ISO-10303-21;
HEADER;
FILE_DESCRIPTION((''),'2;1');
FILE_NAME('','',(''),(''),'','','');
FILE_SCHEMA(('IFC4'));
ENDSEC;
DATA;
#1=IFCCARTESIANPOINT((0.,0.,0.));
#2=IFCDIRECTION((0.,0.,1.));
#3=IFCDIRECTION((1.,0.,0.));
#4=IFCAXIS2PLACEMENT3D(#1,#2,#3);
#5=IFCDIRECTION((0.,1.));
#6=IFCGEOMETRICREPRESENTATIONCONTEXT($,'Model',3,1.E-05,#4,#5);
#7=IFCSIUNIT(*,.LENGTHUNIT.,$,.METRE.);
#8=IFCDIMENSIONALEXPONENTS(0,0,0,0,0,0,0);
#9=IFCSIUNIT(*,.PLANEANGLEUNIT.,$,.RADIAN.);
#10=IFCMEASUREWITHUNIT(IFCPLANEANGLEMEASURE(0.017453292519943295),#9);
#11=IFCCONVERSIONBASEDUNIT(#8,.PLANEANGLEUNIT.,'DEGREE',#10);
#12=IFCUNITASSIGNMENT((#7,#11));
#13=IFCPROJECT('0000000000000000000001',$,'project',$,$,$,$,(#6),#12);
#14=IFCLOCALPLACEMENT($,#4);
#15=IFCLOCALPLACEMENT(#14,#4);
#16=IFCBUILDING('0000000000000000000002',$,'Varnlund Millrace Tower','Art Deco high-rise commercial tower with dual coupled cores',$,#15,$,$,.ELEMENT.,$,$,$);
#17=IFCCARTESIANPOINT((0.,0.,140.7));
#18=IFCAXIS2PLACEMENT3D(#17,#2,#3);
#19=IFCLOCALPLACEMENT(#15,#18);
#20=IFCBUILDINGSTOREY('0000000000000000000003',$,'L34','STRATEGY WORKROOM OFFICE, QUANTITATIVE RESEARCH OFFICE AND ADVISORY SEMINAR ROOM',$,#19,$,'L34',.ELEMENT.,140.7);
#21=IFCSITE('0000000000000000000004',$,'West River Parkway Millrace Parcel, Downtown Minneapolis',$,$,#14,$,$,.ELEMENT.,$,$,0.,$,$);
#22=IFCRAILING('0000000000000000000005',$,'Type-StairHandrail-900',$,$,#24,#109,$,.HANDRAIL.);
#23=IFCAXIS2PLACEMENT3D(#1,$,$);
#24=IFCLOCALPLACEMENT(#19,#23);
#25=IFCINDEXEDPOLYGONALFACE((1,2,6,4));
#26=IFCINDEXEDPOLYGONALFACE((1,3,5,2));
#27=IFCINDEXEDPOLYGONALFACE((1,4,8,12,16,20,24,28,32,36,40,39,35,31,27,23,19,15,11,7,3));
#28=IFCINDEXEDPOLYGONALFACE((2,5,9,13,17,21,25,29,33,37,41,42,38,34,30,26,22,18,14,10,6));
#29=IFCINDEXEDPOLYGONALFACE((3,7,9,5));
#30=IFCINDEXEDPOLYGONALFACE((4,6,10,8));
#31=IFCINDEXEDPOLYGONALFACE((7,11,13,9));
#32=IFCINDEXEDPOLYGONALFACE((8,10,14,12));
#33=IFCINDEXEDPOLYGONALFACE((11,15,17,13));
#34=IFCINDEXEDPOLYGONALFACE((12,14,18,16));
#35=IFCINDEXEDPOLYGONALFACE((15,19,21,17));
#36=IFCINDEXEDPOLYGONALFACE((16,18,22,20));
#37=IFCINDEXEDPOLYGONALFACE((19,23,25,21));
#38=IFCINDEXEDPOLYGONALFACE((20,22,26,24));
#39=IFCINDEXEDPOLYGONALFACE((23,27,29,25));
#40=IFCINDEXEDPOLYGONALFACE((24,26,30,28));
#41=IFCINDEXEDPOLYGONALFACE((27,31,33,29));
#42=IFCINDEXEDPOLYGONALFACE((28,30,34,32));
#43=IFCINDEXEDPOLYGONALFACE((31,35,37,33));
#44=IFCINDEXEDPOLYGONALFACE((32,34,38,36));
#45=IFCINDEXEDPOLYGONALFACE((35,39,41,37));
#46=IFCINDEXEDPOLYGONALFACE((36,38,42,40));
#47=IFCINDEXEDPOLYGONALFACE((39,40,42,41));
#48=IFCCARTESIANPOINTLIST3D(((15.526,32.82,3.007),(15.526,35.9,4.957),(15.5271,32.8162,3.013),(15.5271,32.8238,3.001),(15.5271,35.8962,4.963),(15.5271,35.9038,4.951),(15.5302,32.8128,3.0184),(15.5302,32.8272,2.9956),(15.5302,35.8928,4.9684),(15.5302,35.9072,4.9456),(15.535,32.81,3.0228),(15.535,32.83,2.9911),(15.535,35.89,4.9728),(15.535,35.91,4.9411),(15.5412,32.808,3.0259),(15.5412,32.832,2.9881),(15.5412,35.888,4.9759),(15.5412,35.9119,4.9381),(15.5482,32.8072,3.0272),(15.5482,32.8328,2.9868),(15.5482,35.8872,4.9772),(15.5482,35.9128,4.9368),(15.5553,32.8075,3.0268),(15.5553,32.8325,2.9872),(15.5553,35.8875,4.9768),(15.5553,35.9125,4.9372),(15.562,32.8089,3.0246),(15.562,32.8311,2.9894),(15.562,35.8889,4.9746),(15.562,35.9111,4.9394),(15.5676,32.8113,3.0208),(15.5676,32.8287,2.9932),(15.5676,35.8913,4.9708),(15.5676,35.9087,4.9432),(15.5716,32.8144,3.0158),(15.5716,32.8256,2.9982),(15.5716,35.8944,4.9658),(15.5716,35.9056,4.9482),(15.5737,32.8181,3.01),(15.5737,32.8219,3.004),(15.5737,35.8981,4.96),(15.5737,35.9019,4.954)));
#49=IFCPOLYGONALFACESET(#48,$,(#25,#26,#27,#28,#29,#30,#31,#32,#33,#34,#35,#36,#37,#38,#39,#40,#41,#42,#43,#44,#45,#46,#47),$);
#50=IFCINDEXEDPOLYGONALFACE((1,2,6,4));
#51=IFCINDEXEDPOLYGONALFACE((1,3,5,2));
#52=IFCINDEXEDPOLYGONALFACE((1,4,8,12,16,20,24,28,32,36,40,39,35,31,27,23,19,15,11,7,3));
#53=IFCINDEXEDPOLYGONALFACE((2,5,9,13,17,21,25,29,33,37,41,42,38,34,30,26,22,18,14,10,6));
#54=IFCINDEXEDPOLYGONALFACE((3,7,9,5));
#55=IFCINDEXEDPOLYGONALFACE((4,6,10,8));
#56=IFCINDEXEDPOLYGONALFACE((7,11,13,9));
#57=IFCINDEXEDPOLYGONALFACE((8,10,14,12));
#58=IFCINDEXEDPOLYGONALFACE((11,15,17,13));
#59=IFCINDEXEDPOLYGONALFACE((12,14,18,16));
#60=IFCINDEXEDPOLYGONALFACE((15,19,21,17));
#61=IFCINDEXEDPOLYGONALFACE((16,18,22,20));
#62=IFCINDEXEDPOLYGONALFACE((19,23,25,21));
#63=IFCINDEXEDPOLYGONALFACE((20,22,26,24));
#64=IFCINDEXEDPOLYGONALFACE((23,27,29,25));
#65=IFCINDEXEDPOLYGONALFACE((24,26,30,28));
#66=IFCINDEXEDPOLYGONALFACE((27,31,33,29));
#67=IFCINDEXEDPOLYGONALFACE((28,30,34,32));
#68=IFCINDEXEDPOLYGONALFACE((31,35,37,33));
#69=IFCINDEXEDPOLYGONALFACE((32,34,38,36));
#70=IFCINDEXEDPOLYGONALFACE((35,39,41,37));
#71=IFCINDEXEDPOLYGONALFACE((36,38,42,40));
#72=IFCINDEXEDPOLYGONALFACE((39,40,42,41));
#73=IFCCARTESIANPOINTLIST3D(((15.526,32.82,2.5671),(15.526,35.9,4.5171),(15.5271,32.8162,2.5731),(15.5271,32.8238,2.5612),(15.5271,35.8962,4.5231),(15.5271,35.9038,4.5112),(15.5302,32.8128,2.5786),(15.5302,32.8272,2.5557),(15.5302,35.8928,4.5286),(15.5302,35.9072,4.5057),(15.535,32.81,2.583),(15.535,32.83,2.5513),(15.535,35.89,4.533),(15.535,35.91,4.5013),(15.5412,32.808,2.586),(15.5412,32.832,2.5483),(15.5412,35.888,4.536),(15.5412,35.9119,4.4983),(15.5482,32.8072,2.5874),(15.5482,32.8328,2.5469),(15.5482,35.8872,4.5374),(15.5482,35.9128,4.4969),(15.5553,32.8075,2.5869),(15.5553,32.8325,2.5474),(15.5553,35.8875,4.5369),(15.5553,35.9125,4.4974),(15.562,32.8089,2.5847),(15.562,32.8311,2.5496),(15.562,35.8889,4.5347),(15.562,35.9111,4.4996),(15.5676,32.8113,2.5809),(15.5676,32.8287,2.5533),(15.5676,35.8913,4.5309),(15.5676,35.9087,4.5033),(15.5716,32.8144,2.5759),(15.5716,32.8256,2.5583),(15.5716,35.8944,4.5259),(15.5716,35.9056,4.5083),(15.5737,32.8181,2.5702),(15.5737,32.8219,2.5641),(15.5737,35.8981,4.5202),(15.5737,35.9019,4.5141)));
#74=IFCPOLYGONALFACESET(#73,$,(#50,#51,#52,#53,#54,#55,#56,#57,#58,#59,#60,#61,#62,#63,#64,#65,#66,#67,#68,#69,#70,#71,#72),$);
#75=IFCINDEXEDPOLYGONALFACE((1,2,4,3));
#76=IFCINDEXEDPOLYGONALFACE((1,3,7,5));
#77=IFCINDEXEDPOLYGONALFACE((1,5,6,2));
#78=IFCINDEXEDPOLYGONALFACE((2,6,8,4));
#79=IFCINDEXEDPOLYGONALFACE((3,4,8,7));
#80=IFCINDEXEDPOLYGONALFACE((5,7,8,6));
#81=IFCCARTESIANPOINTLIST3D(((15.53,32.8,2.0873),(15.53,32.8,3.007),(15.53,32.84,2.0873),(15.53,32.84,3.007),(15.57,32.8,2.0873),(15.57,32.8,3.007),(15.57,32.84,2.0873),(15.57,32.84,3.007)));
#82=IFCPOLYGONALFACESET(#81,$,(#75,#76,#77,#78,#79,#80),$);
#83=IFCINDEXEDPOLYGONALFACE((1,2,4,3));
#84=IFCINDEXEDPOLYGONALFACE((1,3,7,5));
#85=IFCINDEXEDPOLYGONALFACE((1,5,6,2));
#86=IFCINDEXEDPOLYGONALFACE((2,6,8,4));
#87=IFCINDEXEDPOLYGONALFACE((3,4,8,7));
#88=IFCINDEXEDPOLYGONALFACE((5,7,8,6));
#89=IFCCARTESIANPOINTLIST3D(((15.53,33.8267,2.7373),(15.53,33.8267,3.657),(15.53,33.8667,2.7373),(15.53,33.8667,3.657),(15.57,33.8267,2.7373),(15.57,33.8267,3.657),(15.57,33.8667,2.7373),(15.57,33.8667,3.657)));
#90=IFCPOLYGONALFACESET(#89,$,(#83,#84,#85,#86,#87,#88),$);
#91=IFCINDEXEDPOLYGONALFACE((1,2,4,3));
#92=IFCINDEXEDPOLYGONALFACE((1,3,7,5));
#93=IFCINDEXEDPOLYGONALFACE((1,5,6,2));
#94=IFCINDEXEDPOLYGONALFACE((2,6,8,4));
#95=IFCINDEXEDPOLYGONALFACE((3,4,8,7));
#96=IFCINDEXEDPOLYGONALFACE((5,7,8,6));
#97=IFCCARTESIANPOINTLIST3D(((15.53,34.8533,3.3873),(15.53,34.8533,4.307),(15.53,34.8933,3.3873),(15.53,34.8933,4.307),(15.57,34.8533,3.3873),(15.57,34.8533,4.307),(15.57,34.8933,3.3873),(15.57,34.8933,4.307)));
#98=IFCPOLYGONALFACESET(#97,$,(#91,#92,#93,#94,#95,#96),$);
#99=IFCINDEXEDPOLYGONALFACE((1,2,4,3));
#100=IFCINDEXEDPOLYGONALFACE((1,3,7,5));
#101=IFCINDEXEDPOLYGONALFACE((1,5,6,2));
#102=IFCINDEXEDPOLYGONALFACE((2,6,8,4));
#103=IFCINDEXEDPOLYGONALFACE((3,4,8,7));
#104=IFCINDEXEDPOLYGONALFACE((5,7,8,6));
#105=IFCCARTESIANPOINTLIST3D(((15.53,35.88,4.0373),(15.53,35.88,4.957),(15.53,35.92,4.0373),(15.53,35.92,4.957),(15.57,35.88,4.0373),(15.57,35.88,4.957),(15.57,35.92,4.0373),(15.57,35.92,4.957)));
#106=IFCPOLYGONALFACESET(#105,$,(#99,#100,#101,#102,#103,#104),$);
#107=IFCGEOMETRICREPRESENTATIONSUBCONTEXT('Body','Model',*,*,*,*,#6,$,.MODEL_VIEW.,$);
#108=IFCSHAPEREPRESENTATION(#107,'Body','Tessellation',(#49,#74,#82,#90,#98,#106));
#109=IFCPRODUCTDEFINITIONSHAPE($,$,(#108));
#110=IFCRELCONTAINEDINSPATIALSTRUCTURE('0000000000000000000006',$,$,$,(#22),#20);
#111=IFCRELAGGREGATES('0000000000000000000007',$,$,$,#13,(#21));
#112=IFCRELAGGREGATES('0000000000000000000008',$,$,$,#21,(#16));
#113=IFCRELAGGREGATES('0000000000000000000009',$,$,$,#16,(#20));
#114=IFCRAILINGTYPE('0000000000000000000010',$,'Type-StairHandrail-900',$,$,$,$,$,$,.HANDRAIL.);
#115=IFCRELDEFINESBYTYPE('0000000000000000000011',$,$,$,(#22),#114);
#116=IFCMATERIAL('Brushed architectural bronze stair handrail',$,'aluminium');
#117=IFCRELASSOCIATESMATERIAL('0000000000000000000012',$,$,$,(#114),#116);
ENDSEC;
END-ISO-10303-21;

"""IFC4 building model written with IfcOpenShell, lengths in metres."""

from ifc_helpers import new_model, entity, si_unit, converted_unit, direction, frame, origin_with_axes, origin_2d_with_axis, place, context, subcontext, project, spatial, rectangle, circle, extrude, material, type_object, element, save


model = new_model("IFC4")

# Units and contexts
model_context = context("Model", 3, precision=1e-05, world=origin_with_axes(), true_north=direction((0.0, 1.0)))
body_context = subcontext(model_context, "Body", "Model", "MODEL_VIEW")
ifc_project = project(units=[si_unit("LENGTHUNIT", "METRE"), converted_unit("PLANEANGLEUNIT", "DEGREE", entity("IfcPlaneAngleMeasure", 0.017453292519943295), si_unit("PLANEANGLEUNIT", "RADIAN"), dimensions=[0, 0, 0, 0, 0, 0, 0])], contexts=[model_context])

# Site, building, storey
site_placement = place(None, origin_with_axes())
site = spatial("IfcSite", under=ifc_project, at=site_placement, Name="West River Parkway Millrace Parcel, Downtown Minneapolis", CompositionType="ELEMENT", RefElevation=0.0)
building_placement = place(site_placement, origin_with_axes())
building = spatial("IfcBuilding", under=site, at=building_placement, Name="Varnlund Millrace Tower", Description="Art Deco high-rise commercial tower with dual coupled cores", CompositionType="ELEMENT")
storey_placement = place(building_placement, frame((0.0, 0.0, 140.7), z_axis=(0.0, 0.0, 1.0), x_axis=(1.0, 0.0, 0.0)))
storey = spatial("IfcBuildingStorey", under=building, at=storey_placement, Name="L34", Description="STRATEGY WORKROOM OFFICE, QUANTITATIVE RESEARCH OFFICE AND ADVISORY SEMINAR ROOM", LongName="L34", CompositionType="ELEMENT", Elevation=140.7)

# Railing
ifc_material_1 = material(Name="Brushed architectural bronze stair handrail", Category="aluminium")
railing_type_1 = type_object("IfcRailingType", Name="Type-StairHandrail-900", PredefinedType="HANDRAIL", material=ifc_material_1)
railing_1_placement = place(storey_placement, frame((0.0, 0.0, -140.7), z_axis=(0.0, 0.0, 1.0), x_axis=(1.0, 0.0, 0.0)))
element("IfcRailing", 1, at=railing_1_placement, inside=storey, type_object=railing_type_1, Name="Type-StairHandrail-900", PredefinedType="HANDRAIL", context=body_context, shape_type="SweptSolid", body=[
    extrude(circle(Radius=0.024, at=origin_2d_with_axis()), frame((15.55, 32.82, 143.707), z_axis=(0.0, 0.844902, 0.534922), x_axis=(-1.0, 0.0, 0.0)), (0.0, 0.0, 1.0), 3.6454),
    extrude(circle(Radius=0.024, at=origin_2d_with_axis()), frame((15.55, 32.82, 143.2671), z_axis=(0.0, 0.844902, 0.534922), x_axis=(-1.0, 0.0, 0.0)), (0.0, 0.0, 1.0), 3.6454),
    extrude(rectangle(XDim=0.04, YDim=0.04, at=origin_2d_with_axis()), frame((15.55, 32.82, 142.7873), z_axis=(0.0, 0.0, 1.0), x_axis=(1.0, 0.0, 0.0)), (0.0, 0.0, 1.0), 0.9197),
    extrude(rectangle(XDim=0.04, YDim=0.04, at=origin_2d_with_axis()), frame((15.55, 33.8467, 143.4373), z_axis=(0.0, 0.0, 1.0), x_axis=(1.0, 0.0, 0.0)), (0.0, 0.0, 1.0), 0.9197),
    extrude(rectangle(XDim=0.04, YDim=0.04, at=origin_2d_with_axis()), frame((15.55, 34.8733, 144.0873), z_axis=(0.0, 0.0, 1.0), x_axis=(1.0, 0.0, 0.0)), (0.0, 0.0, 1.0), 0.9197),
    extrude(rectangle(XDim=0.04, YDim=0.04, at=origin_2d_with_axis()), frame((15.55, 35.9, 144.7373), z_axis=(0.0, 0.0, 1.0), x_axis=(1.0, 0.0, 0.0)), (0.0, 0.0, 1.0), 0.9197),
])

save(model, "model.ifc")
